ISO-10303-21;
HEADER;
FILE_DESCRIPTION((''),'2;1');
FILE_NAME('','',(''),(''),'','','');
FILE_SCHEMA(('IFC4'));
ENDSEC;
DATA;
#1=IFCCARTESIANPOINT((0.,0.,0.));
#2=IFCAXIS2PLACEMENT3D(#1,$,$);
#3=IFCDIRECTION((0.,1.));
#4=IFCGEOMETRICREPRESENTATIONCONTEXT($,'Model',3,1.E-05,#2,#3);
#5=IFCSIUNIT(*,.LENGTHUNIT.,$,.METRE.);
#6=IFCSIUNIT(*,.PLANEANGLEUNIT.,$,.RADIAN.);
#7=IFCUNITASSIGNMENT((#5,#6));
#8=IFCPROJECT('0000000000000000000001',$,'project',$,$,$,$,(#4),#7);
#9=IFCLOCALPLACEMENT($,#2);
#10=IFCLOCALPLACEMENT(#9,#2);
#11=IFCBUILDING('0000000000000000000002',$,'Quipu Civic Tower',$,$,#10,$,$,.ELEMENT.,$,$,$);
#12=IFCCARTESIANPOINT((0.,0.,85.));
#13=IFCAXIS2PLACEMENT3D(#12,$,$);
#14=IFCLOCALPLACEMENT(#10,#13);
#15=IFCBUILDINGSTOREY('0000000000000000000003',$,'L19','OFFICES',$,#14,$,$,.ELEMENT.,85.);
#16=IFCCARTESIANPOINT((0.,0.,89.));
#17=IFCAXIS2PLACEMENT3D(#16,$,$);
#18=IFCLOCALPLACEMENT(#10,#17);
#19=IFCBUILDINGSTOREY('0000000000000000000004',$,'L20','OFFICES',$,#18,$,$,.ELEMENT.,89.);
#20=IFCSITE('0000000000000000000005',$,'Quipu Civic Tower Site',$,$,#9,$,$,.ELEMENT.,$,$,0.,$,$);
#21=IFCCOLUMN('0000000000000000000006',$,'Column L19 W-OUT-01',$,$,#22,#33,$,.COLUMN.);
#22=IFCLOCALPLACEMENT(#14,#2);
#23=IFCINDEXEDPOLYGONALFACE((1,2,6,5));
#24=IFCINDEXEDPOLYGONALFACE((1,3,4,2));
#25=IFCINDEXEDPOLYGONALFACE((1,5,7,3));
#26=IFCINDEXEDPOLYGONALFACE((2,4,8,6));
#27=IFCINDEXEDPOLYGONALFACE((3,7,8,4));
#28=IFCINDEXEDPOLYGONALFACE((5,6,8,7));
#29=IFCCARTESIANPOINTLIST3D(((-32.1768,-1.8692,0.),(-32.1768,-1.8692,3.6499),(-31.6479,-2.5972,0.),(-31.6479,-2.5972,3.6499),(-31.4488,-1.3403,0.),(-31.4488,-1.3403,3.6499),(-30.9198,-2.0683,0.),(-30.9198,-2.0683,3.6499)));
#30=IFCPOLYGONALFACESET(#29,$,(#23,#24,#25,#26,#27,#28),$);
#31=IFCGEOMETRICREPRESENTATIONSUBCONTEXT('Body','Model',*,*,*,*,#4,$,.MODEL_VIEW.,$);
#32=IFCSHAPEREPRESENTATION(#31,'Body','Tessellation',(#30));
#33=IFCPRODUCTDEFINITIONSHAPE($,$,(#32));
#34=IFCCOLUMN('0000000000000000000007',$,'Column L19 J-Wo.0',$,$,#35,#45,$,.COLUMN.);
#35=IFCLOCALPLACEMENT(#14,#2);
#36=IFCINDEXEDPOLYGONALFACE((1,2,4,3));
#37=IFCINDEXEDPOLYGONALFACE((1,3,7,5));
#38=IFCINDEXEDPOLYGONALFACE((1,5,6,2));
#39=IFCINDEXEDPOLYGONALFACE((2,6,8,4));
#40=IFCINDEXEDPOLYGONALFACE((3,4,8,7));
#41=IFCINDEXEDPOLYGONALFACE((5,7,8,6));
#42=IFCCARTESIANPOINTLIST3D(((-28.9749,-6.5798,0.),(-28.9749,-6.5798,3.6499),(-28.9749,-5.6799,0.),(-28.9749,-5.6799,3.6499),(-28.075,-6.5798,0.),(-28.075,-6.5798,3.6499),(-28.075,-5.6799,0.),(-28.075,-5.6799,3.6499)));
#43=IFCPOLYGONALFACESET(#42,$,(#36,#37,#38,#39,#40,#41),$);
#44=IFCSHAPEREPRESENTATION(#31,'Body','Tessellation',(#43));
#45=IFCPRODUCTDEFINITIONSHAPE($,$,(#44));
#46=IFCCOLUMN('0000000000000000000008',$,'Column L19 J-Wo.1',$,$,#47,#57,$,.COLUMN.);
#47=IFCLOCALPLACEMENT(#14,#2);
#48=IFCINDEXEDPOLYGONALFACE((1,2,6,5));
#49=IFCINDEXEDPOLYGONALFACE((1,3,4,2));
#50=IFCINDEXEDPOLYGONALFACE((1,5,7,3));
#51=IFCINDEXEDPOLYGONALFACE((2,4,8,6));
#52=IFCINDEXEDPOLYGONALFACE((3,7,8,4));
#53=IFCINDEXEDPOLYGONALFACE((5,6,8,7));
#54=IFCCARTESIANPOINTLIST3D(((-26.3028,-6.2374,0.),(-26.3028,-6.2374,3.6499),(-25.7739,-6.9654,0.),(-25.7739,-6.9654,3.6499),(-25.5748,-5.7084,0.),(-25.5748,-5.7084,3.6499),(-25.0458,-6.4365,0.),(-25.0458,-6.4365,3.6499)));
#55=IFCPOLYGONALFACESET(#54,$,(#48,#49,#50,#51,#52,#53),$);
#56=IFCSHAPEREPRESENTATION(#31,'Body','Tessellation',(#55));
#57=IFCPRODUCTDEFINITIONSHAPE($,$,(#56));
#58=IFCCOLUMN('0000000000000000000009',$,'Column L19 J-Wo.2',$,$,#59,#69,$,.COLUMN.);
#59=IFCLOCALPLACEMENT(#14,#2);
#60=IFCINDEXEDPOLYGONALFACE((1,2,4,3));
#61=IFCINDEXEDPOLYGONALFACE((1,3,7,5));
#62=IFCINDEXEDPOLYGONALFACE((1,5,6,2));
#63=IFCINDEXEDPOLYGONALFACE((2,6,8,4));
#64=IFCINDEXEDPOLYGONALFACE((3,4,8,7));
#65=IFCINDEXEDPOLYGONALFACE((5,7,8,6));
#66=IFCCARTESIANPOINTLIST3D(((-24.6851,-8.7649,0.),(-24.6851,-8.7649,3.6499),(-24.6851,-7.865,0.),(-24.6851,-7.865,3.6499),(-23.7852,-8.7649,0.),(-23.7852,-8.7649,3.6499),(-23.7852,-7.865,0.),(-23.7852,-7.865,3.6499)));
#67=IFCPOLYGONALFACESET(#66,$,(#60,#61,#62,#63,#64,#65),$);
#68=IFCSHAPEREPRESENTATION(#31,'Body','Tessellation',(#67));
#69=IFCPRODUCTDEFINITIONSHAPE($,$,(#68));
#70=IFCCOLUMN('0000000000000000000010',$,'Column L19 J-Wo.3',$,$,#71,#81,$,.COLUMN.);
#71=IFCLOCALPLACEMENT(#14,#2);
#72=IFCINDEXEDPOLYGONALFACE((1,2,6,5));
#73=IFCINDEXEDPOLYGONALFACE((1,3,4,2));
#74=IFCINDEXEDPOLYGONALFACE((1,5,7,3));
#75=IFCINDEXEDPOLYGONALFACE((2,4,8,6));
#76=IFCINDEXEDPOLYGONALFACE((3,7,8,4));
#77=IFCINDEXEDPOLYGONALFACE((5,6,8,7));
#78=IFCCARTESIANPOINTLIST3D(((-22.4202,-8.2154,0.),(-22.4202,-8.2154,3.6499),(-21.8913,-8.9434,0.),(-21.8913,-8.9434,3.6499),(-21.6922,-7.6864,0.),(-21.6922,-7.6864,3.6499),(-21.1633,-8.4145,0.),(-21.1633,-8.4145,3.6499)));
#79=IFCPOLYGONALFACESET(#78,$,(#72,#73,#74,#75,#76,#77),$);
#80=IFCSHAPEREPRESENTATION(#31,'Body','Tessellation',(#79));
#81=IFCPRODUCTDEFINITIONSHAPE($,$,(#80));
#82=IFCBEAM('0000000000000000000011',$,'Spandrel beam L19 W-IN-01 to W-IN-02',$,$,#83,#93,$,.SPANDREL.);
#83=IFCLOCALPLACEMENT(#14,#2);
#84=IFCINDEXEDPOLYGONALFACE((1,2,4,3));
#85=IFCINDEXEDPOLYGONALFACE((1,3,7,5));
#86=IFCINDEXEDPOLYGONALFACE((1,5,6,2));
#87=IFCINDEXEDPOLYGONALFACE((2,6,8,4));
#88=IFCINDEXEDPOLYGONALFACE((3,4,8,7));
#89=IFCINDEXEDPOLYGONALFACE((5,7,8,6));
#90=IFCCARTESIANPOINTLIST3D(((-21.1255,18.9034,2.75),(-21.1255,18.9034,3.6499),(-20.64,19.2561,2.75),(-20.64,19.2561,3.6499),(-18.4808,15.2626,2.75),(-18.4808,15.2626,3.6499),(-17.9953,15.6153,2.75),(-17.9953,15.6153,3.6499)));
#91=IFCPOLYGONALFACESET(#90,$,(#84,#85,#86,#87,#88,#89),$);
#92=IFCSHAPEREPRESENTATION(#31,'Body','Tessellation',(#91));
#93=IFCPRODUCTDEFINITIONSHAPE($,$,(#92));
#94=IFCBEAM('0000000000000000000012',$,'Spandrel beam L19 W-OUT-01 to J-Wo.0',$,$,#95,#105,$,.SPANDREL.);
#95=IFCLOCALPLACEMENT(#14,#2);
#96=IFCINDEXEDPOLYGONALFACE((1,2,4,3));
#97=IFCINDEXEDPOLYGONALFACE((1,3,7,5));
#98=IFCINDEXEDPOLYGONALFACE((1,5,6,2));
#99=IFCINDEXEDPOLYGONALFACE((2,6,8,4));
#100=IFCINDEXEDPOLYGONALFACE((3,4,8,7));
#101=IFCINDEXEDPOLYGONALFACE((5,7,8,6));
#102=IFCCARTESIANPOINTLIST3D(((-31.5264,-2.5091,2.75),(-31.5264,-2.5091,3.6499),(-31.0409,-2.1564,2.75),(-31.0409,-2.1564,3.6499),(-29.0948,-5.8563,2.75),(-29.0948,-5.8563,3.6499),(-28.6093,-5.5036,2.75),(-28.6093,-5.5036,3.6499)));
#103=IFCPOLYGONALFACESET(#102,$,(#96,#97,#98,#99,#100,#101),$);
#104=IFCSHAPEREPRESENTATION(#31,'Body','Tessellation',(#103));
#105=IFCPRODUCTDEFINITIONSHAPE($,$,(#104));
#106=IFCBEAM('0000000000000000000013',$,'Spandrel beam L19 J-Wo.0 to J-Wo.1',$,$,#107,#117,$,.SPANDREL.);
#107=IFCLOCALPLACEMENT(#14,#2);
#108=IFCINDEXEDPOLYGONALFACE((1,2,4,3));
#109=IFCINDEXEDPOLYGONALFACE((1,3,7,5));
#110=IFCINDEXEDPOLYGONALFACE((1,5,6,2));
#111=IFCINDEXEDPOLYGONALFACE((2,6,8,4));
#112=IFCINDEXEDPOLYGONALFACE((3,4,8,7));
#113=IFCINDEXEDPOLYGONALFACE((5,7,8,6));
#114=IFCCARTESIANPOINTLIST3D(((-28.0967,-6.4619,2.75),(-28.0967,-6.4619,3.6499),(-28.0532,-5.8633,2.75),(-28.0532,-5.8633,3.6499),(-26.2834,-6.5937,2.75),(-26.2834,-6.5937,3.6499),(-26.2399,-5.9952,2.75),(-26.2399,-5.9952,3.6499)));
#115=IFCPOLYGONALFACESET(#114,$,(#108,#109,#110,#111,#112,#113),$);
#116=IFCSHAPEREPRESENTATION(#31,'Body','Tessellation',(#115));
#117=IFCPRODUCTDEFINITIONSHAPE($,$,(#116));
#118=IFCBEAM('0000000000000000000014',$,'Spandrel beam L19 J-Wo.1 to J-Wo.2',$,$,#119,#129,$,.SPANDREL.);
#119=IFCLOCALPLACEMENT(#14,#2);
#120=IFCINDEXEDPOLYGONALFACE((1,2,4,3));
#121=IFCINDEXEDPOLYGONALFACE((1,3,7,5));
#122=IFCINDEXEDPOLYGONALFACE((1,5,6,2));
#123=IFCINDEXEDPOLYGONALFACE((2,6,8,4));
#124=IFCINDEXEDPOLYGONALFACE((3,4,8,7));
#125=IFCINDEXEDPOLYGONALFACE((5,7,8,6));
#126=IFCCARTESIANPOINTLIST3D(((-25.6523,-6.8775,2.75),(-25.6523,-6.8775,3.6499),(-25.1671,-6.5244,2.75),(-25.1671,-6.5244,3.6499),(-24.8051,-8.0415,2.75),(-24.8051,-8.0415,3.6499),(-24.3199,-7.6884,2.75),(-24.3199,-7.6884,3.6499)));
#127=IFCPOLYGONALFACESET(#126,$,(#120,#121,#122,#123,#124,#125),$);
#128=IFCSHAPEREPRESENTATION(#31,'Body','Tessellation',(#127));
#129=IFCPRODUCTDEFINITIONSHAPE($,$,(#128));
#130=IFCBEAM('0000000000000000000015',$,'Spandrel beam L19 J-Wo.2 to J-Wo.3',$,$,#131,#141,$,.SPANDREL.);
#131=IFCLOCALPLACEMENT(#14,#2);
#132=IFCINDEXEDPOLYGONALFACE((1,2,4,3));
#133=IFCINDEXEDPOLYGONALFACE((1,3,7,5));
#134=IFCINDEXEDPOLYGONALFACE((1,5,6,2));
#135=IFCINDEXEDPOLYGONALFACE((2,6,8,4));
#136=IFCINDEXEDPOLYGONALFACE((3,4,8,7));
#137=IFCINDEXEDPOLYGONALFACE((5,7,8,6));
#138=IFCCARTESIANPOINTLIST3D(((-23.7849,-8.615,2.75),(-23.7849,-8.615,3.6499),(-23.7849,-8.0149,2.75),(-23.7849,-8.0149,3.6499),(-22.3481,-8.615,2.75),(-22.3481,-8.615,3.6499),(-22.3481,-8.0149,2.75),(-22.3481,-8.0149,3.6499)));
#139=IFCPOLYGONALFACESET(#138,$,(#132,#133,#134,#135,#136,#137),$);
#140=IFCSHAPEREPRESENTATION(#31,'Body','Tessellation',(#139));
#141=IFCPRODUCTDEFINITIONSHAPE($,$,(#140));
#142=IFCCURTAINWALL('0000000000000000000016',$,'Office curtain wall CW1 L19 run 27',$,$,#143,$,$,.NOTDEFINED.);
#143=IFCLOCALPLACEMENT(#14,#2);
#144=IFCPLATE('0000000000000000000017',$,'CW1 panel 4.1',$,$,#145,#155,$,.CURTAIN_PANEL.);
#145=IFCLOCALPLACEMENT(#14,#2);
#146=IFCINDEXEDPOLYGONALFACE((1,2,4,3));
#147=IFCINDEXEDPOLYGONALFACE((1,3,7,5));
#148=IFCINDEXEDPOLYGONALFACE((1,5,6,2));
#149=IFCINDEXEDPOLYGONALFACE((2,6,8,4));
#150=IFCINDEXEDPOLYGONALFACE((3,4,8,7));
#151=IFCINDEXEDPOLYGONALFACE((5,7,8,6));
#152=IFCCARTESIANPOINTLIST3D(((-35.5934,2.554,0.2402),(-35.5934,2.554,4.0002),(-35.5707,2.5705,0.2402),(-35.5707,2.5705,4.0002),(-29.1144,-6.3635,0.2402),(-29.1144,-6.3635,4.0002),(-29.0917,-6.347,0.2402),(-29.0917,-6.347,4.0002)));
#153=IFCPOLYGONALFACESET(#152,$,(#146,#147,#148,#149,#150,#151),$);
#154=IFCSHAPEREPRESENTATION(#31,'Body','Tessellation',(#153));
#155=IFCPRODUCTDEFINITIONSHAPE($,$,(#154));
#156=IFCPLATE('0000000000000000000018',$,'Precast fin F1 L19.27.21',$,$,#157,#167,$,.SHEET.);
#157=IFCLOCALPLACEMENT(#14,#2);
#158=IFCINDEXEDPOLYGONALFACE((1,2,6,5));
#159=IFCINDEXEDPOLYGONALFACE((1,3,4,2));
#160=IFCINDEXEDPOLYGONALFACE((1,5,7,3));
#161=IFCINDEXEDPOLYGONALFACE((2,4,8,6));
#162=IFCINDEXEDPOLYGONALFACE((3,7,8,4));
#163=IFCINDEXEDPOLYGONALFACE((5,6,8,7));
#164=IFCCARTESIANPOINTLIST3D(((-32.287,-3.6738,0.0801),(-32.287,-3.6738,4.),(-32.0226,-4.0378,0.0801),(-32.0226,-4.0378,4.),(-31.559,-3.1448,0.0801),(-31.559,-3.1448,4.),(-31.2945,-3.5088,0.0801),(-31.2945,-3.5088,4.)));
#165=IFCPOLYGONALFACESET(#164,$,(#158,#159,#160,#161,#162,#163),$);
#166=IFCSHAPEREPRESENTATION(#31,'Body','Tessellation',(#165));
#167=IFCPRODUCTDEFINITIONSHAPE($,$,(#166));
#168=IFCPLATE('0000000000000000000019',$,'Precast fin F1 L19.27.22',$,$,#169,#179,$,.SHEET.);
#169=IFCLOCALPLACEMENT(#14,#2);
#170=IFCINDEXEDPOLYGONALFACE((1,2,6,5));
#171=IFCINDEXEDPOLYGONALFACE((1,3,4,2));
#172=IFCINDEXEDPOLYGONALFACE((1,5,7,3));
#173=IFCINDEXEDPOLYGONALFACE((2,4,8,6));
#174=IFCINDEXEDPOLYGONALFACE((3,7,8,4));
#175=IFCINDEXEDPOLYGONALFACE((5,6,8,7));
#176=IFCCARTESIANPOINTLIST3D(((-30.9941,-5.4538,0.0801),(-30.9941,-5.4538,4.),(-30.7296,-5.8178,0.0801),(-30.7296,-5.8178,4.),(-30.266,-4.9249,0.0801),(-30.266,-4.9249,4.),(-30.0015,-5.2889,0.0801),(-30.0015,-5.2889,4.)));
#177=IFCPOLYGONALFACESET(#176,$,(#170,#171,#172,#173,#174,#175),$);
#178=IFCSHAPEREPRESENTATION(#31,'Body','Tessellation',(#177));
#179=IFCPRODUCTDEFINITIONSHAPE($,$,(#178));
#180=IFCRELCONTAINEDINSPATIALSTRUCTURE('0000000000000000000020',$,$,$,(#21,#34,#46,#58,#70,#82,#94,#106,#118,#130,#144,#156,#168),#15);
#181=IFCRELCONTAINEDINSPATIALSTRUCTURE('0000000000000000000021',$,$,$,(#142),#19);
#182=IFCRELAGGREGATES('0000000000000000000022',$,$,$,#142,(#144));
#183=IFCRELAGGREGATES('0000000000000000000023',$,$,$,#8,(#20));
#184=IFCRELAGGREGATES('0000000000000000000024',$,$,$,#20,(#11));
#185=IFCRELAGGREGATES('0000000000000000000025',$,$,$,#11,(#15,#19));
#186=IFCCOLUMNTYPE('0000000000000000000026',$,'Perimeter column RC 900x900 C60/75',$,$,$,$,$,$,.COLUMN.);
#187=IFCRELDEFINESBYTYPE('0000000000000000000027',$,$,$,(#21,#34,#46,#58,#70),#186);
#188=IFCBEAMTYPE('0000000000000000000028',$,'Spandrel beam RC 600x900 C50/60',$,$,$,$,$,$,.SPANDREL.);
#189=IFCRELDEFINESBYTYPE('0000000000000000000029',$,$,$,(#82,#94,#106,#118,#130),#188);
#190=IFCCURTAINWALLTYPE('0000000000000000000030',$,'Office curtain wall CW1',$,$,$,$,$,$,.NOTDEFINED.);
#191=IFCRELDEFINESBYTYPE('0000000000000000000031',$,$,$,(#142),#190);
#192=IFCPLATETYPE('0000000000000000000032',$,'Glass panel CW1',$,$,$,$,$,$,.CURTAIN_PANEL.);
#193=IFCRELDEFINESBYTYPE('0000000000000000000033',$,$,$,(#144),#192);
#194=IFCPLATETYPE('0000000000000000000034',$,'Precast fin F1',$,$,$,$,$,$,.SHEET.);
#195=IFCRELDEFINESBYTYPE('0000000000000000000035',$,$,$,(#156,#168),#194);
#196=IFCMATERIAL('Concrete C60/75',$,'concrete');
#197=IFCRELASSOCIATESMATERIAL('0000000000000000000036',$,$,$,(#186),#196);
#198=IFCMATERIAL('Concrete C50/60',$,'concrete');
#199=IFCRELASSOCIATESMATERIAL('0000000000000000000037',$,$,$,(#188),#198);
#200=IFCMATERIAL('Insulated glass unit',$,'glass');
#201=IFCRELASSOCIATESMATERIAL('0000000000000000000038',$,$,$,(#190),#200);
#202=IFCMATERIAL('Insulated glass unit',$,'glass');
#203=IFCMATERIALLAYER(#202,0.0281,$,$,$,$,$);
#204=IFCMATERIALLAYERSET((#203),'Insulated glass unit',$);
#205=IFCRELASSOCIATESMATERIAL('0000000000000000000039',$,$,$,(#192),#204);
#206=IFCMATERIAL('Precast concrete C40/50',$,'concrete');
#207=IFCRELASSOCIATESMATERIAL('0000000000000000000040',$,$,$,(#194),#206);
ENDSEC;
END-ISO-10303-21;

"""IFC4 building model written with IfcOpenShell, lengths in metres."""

from ifc_helpers import new_model, si_unit, direction, frame, origin, origin_2d, place, context, subcontext, project, spatial, rectangle, extrude, material, layer, layer_set, material_profile, profile_set, type_object, element, aggregate, save


model = new_model("IFC4")

# Units and contexts
model_context = context("Model", 3, precision=1e-05, world=origin(), true_north=direction((0.0, 1.0)))
body_context = subcontext(model_context, "Body", "Model", "MODEL_VIEW")
ifc_project = project(units=[si_unit("LENGTHUNIT", "METRE"), si_unit("PLANEANGLEUNIT", "RADIAN")], contexts=[model_context])

# Site, building, storey
site_placement = place(None, origin())
site = spatial("IfcSite", under=ifc_project, at=site_placement, Name="Quipu Civic Tower Site", CompositionType="ELEMENT", RefElevation=0.0)
building_placement = place(site_placement, origin())
building = spatial("IfcBuilding", under=site, at=building_placement, Name="Quipu Civic Tower", CompositionType="ELEMENT")
storey_1_placement = place(building_placement, frame((0.0, 0.0, 85.0)))
storey_1 = spatial("IfcBuildingStorey", under=building, at=storey_1_placement, Name="L19", Description="OFFICES", CompositionType="ELEMENT", Elevation=85.0)

# Columns
ifc_material_1 = material(Name="Concrete C60/75", Category="concrete")
ifc_material_profile_1 = material_profile(ifc_material_1, rectangle(XDim=0.8999, YDim=0.8999, at=origin_2d()), Name="RC900x900")
ifc_profile_set_1 = profile_set([ifc_material_profile_1], Name="Concrete C60/75")
column_type = type_object("IfcColumnType", Name="Perimeter column RC 900x900 C60/75", PredefinedType="COLUMN", material=ifc_profile_set_1)
for number, where, z_axis, x_axis, name in (
    (1, (-31.5483, -1.9688, 0.0), (0.0, 0.0, 1.0), (0.587785, -0.809017, 0.0), "Column L19 W-OUT-01"),
    (2, (-28.5249, -6.1299, 0.0), (0.0, 0.0, 1.0), (1.0, 0.0, 0.0), "Column L19 J-Wo.0"),
    (3, (-25.6743, -6.3369, 0.0), (0.0, 0.0, 1.0), (0.587785, -0.809017, 0.0), "Column L19 J-Wo.1"),
    (4, (-24.2351, -8.3149, 0.0), (0.0, 0.0, 1.0), (1.0, 0.0, 0.0), "Column L19 J-Wo.2"),
    (5, (-21.7917, -8.3149, 0.0), (0.0, 0.0, 1.0), (0.587785, -0.809017, 0.0), "Column L19 J-Wo.3"),
):
    element("IfcColumn", number, at=place(storey_1_placement, frame(where, z_axis=z_axis, x_axis=x_axis)), inside=storey_1, type_object=column_type, Name=name, PredefinedType="COLUMN", context=body_context, shape_type="SweptSolid", body=[
        extrude(rectangle(XDim=0.8999, YDim=0.8999, at=origin_2d()), origin(), (0.0, 0.0, 1.0), 3.6499),
    ])

# Beams
ifc_material_2 = material(Name="Concrete C50/60", Category="concrete")
ifc_material_profile_2 = material_profile(ifc_material_2, rectangle(XDim=0.6001, YDim=0.8999, at=origin_2d()), Name="RC600x900")
ifc_profile_set_2 = profile_set([ifc_material_profile_2], Name="Concrete C50/60")
beam_type = type_object("IfcBeamType", Name="Spandrel beam RC 600x900 C50/60", PredefinedType="SPANDREL", material=ifc_profile_set_2)
beam_1_placement = place(storey_1_placement, frame((-18.238, 15.439, 3.2), z_axis=(-0.587717, 0.809067, 0.0), x_axis=(-0.809067, -0.587717, 0.0)))
element("IfcBeam", 6, at=beam_1_placement, inside=storey_1, type_object=beam_type, Name="Spandrel beam L19 W-IN-01 to W-IN-02", PredefinedType="SPANDREL", context=body_context, shape_type="SweptSolid", body=[
    extrude(rectangle(XDim=0.6001, YDim=0.8999, at=origin_2d()), origin(), (0.0, 0.0, 1.0), 4.5),
])
beam_2_placement = place(storey_1_placement, frame((-31.2837, -2.3328, 3.2), z_axis=(0.587751, -0.809042, 0.0), x_axis=(0.809042, 0.587751, 0.0)))
element("IfcBeam", 7, at=beam_2_placement, inside=storey_1, type_object=beam_type, Name="Spandrel beam L19 W-OUT-01 to J-Wo.0", PredefinedType="SPANDREL", context=body_context, shape_type="SweptSolid", body=[
    extrude(rectangle(XDim=0.6001, YDim=0.8999, at=origin_2d()), origin(), (0.0, 0.0, 1.0), 4.1372),
])
beam_3_placement = place(storey_1_placement, frame((-28.075, -6.1626, 3.2), z_axis=(0.997367, -0.072516, 0.0), x_axis=(0.072516, 0.997367, 0.0)))
element("IfcBeam", 8, at=beam_3_placement, inside=storey_1, type_object=beam_type, Name="Spandrel beam L19 J-Wo.0 to J-Wo.1", PredefinedType="SPANDREL", context=body_context, shape_type="SweptSolid", body=[
    extrude(rectangle(XDim=0.6001, YDim=0.8999, at=origin_2d()), origin(), (0.0, 0.0, 1.0), 1.8181),
])
beam_4_placement = place(storey_1_placement, frame((-25.4097, -6.7009, 3.2), z_axis=(0.588434, -0.808545, 0.0), x_axis=(0.808545, 0.588434, 0.0)))
element("IfcBeam", 9, at=beam_4_placement, inside=storey_1, type_object=beam_type, Name="Spandrel beam L19 J-Wo.1 to J-Wo.2", PredefinedType="SPANDREL", context=body_context, shape_type="SweptSolid", body=[
    extrude(rectangle(XDim=0.6001, YDim=0.8999, at=origin_2d()), origin(), (0.0, 0.0, 1.0), 1.4397),
])
beam_5_placement = place(storey_1_placement, frame((-23.7849, -8.3149, 3.2), z_axis=(1.0, 0.0, 0.0), x_axis=(0.0, 1.0, 0.0)))
element("IfcBeam", 10, at=beam_5_placement, inside=storey_1, type_object=beam_type, Name="Spandrel beam L19 J-Wo.2 to J-Wo.3", PredefinedType="SPANDREL", context=body_context, shape_type="SweptSolid", body=[
    extrude(rectangle(XDim=0.6001, YDim=0.8999, at=origin_2d()), origin(), (0.0, 0.0, 1.0), 1.4368),
])

# Shared definitions
storey_2_placement = place(building_placement, frame((0.0, 0.0, 89.0)))
storey_2 = spatial("IfcBuildingStorey", under=building, at=storey_2_placement, Name="L20", Description="OFFICES", CompositionType="ELEMENT", Elevation=89.0)

# Curtain wall, plate
ifc_material_3 = material(Name="Insulated glass unit", Category="glass")
curtain_wall_type = type_object("IfcCurtainWallType", Name="Office curtain wall CW1", PredefinedType="NOTDEFINED", material=ifc_material_3)
curtain_wall_placement = place(storey_2_placement, origin())
curtain_wall = element("IfcCurtainWall", 11, at=curtain_wall_placement, inside=storey_2, type_object=curtain_wall_type, Name="Office curtain wall CW1 L19 run 27", PredefinedType="NOTDEFINED")
ifc_material_4 = material(Name="Insulated glass unit", Category="glass")
ifc_layer_1 = layer(ifc_material_4, 0.0281)
ifc_layer_set_1 = layer_set([ifc_layer_1], Name="Insulated glass unit")
plate_type_1 = type_object("IfcPlateType", Name="Glass panel CW1", PredefinedType="CURTAIN_PANEL", material=ifc_layer_set_1)
plate_placement = place(storey_1_placement, frame((-32.3425, -1.8965, 0.2402), z_axis=(0.0, 0.0, 1.0), x_axis=(0.587786, -0.809017, 0.0)))
plate = element("IfcPlate", 12, at=plate_placement, inside=storey_1, type_object=plate_type_1, Name="CW1 panel 4.1", PredefinedType="CURTAIN_PANEL", context=body_context, shape_type="SweptSolid", body=[
    extrude(rectangle(XDim=11.0227, YDim=0.0281, at=origin_2d()), origin(), (0.0, 0.0, 1.0), 3.76),
])
aggregate(curtain_wall, [plate])

# Plates
ifc_material_5 = material(Name="Precast concrete C40/50", Category="concrete")
plate_type_2 = type_object("IfcPlateType", Name="Precast fin F1", PredefinedType="SHEET", material=ifc_material_5)
for number, where, z_axis, x_axis, name in (
    (13, (-31.7908, -3.5913, 0.0801), (0.0, 0.0, 1.0), (0.587786, -0.809017, 0.0), "Precast fin F1 L19.27.21"),
    (14, (-30.4978, -5.3713, 0.0801), (0.0, 0.0, 1.0), (0.587786, -0.809017, 0.0), "Precast fin F1 L19.27.22"),
):
    element("IfcPlate", number, at=place(storey_1_placement, frame(where, z_axis=z_axis, x_axis=x_axis)), inside=storey_1, type_object=plate_type_2, Name=name, PredefinedType="SHEET", context=body_context, shape_type="SweptSolid", body=[
        extrude(rectangle(XDim=0.45, YDim=0.8999, at=origin_2d()), origin(), (0.0, 0.0, 1.0), 3.9199),
    ])

save(model, "model.ifc")
